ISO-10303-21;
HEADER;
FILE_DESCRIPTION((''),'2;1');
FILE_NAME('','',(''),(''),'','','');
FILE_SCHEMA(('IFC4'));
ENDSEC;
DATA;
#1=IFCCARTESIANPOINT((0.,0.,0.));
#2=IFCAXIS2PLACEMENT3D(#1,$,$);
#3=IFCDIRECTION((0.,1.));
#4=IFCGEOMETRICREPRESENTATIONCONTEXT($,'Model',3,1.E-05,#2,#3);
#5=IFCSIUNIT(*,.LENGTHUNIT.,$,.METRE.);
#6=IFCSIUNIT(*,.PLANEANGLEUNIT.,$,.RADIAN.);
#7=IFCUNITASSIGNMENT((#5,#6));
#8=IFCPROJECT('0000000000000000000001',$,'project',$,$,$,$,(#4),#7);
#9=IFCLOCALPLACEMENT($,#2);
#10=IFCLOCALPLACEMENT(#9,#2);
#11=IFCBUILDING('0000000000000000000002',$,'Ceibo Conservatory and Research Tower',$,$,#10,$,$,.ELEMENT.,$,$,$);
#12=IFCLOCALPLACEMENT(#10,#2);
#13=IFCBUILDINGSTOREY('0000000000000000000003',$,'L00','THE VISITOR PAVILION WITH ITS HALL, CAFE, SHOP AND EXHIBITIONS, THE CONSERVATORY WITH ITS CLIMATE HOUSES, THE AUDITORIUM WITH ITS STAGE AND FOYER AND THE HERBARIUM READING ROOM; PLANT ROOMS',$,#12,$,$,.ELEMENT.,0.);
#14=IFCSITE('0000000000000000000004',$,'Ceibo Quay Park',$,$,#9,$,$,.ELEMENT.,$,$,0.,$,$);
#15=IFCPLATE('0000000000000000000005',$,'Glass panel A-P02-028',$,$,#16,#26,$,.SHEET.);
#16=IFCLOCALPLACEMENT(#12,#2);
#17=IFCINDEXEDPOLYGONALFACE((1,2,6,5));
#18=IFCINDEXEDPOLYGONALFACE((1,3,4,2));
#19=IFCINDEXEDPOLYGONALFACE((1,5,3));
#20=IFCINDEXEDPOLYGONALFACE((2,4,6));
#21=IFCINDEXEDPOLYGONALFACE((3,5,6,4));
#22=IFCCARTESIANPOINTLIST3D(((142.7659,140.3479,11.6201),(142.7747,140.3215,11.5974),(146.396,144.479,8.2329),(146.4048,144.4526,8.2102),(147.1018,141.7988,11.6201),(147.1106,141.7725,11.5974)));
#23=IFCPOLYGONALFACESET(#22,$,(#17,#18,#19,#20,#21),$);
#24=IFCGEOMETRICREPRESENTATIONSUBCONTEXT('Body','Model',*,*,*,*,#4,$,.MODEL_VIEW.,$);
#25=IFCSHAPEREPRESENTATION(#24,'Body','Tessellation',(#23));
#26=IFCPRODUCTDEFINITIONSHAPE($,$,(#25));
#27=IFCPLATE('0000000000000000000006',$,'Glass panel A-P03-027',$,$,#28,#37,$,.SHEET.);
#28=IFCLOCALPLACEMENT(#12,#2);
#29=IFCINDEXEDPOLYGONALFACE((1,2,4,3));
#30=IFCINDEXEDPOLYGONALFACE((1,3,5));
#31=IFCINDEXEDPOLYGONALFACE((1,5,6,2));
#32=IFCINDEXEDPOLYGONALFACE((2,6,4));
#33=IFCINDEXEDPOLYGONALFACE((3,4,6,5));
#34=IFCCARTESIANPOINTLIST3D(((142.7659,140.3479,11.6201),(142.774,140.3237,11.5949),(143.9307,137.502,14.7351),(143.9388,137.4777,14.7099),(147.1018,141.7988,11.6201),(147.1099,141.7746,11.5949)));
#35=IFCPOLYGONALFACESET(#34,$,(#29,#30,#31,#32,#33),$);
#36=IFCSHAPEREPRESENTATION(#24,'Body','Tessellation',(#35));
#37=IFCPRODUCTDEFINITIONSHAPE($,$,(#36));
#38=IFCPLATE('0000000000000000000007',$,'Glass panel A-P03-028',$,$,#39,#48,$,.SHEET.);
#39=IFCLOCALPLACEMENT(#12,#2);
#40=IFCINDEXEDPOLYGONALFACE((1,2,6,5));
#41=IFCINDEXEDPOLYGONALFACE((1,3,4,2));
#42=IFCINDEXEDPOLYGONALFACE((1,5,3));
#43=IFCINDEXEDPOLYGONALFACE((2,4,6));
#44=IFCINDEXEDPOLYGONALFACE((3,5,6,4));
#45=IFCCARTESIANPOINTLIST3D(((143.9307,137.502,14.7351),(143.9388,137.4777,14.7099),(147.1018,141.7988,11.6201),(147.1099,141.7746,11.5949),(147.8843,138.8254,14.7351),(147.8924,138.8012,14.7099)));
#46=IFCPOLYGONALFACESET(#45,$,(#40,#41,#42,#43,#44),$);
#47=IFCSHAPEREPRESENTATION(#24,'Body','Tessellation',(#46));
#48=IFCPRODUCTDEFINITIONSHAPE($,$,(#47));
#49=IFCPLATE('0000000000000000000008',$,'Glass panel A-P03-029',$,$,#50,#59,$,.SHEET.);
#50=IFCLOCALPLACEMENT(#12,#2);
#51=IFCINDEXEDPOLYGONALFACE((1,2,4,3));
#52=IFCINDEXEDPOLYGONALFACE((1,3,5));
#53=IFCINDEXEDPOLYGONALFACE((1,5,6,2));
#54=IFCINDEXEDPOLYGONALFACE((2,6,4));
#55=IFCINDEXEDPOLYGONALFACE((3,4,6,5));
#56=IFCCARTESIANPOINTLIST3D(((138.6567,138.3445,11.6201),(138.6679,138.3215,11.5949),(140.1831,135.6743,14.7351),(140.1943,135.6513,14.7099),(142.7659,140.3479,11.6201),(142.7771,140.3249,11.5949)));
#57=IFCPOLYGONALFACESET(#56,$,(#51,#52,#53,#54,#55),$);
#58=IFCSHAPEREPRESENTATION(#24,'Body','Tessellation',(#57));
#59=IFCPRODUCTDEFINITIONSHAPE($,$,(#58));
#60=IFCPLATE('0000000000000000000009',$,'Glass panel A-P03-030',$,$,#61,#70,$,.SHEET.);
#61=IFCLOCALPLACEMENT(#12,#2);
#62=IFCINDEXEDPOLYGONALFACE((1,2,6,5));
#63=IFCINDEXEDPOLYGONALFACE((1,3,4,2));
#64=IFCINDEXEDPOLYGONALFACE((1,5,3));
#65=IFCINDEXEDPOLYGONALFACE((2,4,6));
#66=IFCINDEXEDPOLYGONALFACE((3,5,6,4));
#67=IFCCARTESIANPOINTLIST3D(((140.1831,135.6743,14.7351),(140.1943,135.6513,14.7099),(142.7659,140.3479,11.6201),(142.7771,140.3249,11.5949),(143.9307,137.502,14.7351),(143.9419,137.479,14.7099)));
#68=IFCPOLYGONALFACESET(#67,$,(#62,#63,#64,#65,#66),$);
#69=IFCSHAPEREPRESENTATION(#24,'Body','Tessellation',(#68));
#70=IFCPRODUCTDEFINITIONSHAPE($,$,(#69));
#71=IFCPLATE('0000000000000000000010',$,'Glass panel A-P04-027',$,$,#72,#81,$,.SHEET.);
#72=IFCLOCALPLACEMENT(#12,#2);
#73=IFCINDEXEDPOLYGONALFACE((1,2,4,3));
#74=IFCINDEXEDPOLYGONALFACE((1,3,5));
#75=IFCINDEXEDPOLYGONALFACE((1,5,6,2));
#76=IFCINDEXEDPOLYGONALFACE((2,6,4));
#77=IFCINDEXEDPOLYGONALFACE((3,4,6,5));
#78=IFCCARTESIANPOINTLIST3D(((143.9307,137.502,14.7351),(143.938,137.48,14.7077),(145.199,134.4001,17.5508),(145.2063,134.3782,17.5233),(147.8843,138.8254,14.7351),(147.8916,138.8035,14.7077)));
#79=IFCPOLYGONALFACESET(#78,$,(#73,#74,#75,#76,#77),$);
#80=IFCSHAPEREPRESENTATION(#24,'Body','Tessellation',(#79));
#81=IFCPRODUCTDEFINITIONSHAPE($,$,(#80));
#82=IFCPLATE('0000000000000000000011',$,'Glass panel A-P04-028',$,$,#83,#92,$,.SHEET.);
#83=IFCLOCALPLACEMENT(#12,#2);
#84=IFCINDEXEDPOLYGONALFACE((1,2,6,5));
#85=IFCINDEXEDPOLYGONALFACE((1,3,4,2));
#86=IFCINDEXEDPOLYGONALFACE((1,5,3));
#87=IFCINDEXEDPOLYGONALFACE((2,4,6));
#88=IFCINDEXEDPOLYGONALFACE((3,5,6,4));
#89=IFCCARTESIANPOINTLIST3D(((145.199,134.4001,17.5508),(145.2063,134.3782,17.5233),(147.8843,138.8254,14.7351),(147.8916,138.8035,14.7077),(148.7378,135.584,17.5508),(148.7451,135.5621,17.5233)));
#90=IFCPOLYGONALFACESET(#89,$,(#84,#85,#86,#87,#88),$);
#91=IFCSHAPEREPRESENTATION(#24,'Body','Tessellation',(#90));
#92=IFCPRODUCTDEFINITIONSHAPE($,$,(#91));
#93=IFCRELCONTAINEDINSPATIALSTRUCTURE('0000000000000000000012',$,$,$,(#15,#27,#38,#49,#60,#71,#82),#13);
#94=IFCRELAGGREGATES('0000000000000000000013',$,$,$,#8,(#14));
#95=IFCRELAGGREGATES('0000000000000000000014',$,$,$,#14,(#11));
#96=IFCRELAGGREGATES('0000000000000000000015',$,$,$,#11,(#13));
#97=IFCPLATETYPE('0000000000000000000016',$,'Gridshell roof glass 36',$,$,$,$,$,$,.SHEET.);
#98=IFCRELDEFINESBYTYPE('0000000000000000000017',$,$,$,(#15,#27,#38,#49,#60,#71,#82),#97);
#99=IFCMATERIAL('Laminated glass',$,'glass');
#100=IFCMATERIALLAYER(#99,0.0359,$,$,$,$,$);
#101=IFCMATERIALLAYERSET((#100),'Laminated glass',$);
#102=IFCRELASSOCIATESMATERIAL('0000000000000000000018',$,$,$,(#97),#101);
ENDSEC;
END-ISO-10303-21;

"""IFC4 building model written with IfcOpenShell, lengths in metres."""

from ifc_helpers import new_model, si_unit, direction, frame, origin, place, context, subcontext, project, spatial, polyline, outline, extrude, material, layer, layer_set, type_object, element, save


model = new_model("IFC4")

# Units and contexts
model_context = context("Model", 3, precision=1e-05, world=origin(), true_north=direction((0.0, 1.0)))
body_context = subcontext(model_context, "Body", "Model", "MODEL_VIEW")
ifc_project = project(units=[si_unit("LENGTHUNIT", "METRE"), si_unit("PLANEANGLEUNIT", "RADIAN")], contexts=[model_context])

# Site, building, storey
site_placement = place(None, origin())
site = spatial("IfcSite", under=ifc_project, at=site_placement, Name="Ceibo Quay Park", CompositionType="ELEMENT", RefElevation=0.0)
building_placement = place(site_placement, origin())
building = spatial("IfcBuilding", under=site, at=building_placement, Name="Ceibo Conservatory and Research Tower", CompositionType="ELEMENT")
storey_placement = place(building_placement, origin())
storey = spatial("IfcBuildingStorey", under=building, at=storey_placement, Name="L00", Description="THE VISITOR PAVILION WITH ITS HALL, CAFE, SHOP AND EXHIBITIONS, THE CONSERVATORY WITH ITS CLIMATE HOUSES, THE AUDITORIUM WITH ITS STAGE AND FOYER AND THE HERBARIUM READING ROOM; PLANT ROOMS", CompositionType="ELEMENT", Elevation=0.0)

# Shared definitions
ifc_material_1 = material(Name="Laminated glass", Category="glass")

# Plates
ifc_layer_1 = layer(ifc_material_1, 0.0359)
ifc_layer_set_1 = layer_set([ifc_layer_1], Name="Laminated glass")
plate_type_1 = type_object("IfcPlateType", Name="Gridshell roof glass 36", PredefinedType="SHEET", material=ifc_layer_set_1)
plate_1_placement = place(storey_placement, frame((146.396, 144.479, 8.2329), z_axis=(-0.245806, 0.734563, 0.632453), x_axis=(-0.562037, -0.639602, 0.524427)))
element("IfcPlate", 1, at=plate_1_placement, inside=storey, type_object=plate_type_1, Name="Glass panel A-P02-028", PredefinedType="SHEET", context=body_context, shape_type="SweptSolid", body=[
    extrude(outline(polyline([(0.0, 0.0), (6.4589, 0.0), (3.0939, 3.0956), (0.0, 0.0)])), origin(), (0.0, 0.0, -1.0), 0.0359),
])
plate_2_placement = place(storey_placement, frame((147.1018, 141.7988, 11.6201), z_axis=(-0.22607, 0.675584, 0.701768), x_axis=(-0.948314, -0.317333, 0.0)))
element("IfcPlate", 2, at=plate_2_placement, inside=storey, type_object=plate_type_1, Name="Glass panel A-P03-027", PredefinedType="SHEET", context=body_context, shape_type="SweptSolid", body=[
    extrude(outline(polyline([(0.0, 0.0), (4.5723, 0.0), (4.3708, 4.3725), (0.0, 0.0)])), origin(), (0.0, 0.0, -1.0), 0.0359),
])
plate_3_placement = place(storey_placement, frame((147.1018, 141.7988, 11.6201), z_axis=(-0.226164, 0.675612, 0.701711), x_axis=(-0.512928, -0.695014, 0.503846)))
element("IfcPlate", 3, at=plate_3_placement, inside=storey, type_object=plate_type_1, Name="Glass panel A-P03-028", PredefinedType="SHEET", context=body_context, shape_type="SweptSolid", body=[
    extrude(outline(polyline([(0.0, 0.0), (6.1824, 0.0), (3.2347, 2.9485), (0.0, 0.0)])), origin(), (0.0, 0.0, -1.0), 0.0359),
])
plate_4_placement = place(storey_placement, frame((142.7659, 140.3479, 11.6201), z_axis=(-0.312178, 0.640296, 0.70183), x_axis=(-0.898858, -0.438241, 0.0)))
element("IfcPlate", 4, at=plate_4_placement, inside=storey, type_object=plate_type_1, Name="Glass panel A-P03-029", PredefinedType="SHEET", context=body_context, shape_type="SweptSolid", body=[
    extrude(outline(polyline([(0.0, 0.0), (4.5715, 0.0), (4.3697, 4.3729), (0.0, 0.0)])), origin(), (0.0, 0.0, -1.0), 0.0359),
])
plate_5_placement = place(storey_placement, frame((142.7659, 140.3479, 11.6201), z_axis=(-0.312271, 0.640311, 0.701775), x_axis=(-0.417793, -0.756008, 0.503887)))
element("IfcPlate", 5, at=plate_5_placement, inside=storey, type_object=plate_type_1, Name="Glass panel A-P03-030", PredefinedType="SHEET", context=body_context, shape_type="SweptSolid", body=[
    extrude(outline(polyline([(0.0, 0.0), (6.1819, 0.0), (3.2345, 2.9491), (0.0, 0.0)])), origin(), (0.0, 0.0, -1.0), 0.0359),
])
plate_6_placement = place(storey_placement, frame((147.8843, 138.8254, 14.7351), z_axis=(-0.204461, 0.61078, 0.764947), x_axis=(-0.948278, -0.31744, 0.0)))
element("IfcPlate", 6, at=plate_6_placement, inside=storey, type_object=plate_type_1, Name="Glass panel A-P04-027", PredefinedType="SHEET", context=body_context, shape_type="SweptSolid", body=[
    extrude(outline(polyline([(0.0, 0.0), (4.1693, 0.0), (3.9512, 4.3715), (0.0, 0.0)])), origin(), (0.0, 0.0, -1.0), 0.0359),
])
plate_7_placement = place(storey_placement, frame((147.8843, 138.8254, 14.7351), z_axis=(-0.204309, 0.610736, 0.765023), x_axis=(-0.455712, -0.750999, 0.477837)))
element("IfcPlate", 7, at=plate_7_placement, inside=storey, type_object=plate_type_1, Name="Glass panel A-P04-028", PredefinedType="SHEET", context=body_context, shape_type="SweptSolid", body=[
    extrude(outline(polyline([(0.0, 0.0), (5.8925, 0.0), (3.3908, 2.7688), (0.0, 0.0)])), origin(), (0.0, 0.0, -1.0), 0.0359),
])

save(model, "model.ifc")
